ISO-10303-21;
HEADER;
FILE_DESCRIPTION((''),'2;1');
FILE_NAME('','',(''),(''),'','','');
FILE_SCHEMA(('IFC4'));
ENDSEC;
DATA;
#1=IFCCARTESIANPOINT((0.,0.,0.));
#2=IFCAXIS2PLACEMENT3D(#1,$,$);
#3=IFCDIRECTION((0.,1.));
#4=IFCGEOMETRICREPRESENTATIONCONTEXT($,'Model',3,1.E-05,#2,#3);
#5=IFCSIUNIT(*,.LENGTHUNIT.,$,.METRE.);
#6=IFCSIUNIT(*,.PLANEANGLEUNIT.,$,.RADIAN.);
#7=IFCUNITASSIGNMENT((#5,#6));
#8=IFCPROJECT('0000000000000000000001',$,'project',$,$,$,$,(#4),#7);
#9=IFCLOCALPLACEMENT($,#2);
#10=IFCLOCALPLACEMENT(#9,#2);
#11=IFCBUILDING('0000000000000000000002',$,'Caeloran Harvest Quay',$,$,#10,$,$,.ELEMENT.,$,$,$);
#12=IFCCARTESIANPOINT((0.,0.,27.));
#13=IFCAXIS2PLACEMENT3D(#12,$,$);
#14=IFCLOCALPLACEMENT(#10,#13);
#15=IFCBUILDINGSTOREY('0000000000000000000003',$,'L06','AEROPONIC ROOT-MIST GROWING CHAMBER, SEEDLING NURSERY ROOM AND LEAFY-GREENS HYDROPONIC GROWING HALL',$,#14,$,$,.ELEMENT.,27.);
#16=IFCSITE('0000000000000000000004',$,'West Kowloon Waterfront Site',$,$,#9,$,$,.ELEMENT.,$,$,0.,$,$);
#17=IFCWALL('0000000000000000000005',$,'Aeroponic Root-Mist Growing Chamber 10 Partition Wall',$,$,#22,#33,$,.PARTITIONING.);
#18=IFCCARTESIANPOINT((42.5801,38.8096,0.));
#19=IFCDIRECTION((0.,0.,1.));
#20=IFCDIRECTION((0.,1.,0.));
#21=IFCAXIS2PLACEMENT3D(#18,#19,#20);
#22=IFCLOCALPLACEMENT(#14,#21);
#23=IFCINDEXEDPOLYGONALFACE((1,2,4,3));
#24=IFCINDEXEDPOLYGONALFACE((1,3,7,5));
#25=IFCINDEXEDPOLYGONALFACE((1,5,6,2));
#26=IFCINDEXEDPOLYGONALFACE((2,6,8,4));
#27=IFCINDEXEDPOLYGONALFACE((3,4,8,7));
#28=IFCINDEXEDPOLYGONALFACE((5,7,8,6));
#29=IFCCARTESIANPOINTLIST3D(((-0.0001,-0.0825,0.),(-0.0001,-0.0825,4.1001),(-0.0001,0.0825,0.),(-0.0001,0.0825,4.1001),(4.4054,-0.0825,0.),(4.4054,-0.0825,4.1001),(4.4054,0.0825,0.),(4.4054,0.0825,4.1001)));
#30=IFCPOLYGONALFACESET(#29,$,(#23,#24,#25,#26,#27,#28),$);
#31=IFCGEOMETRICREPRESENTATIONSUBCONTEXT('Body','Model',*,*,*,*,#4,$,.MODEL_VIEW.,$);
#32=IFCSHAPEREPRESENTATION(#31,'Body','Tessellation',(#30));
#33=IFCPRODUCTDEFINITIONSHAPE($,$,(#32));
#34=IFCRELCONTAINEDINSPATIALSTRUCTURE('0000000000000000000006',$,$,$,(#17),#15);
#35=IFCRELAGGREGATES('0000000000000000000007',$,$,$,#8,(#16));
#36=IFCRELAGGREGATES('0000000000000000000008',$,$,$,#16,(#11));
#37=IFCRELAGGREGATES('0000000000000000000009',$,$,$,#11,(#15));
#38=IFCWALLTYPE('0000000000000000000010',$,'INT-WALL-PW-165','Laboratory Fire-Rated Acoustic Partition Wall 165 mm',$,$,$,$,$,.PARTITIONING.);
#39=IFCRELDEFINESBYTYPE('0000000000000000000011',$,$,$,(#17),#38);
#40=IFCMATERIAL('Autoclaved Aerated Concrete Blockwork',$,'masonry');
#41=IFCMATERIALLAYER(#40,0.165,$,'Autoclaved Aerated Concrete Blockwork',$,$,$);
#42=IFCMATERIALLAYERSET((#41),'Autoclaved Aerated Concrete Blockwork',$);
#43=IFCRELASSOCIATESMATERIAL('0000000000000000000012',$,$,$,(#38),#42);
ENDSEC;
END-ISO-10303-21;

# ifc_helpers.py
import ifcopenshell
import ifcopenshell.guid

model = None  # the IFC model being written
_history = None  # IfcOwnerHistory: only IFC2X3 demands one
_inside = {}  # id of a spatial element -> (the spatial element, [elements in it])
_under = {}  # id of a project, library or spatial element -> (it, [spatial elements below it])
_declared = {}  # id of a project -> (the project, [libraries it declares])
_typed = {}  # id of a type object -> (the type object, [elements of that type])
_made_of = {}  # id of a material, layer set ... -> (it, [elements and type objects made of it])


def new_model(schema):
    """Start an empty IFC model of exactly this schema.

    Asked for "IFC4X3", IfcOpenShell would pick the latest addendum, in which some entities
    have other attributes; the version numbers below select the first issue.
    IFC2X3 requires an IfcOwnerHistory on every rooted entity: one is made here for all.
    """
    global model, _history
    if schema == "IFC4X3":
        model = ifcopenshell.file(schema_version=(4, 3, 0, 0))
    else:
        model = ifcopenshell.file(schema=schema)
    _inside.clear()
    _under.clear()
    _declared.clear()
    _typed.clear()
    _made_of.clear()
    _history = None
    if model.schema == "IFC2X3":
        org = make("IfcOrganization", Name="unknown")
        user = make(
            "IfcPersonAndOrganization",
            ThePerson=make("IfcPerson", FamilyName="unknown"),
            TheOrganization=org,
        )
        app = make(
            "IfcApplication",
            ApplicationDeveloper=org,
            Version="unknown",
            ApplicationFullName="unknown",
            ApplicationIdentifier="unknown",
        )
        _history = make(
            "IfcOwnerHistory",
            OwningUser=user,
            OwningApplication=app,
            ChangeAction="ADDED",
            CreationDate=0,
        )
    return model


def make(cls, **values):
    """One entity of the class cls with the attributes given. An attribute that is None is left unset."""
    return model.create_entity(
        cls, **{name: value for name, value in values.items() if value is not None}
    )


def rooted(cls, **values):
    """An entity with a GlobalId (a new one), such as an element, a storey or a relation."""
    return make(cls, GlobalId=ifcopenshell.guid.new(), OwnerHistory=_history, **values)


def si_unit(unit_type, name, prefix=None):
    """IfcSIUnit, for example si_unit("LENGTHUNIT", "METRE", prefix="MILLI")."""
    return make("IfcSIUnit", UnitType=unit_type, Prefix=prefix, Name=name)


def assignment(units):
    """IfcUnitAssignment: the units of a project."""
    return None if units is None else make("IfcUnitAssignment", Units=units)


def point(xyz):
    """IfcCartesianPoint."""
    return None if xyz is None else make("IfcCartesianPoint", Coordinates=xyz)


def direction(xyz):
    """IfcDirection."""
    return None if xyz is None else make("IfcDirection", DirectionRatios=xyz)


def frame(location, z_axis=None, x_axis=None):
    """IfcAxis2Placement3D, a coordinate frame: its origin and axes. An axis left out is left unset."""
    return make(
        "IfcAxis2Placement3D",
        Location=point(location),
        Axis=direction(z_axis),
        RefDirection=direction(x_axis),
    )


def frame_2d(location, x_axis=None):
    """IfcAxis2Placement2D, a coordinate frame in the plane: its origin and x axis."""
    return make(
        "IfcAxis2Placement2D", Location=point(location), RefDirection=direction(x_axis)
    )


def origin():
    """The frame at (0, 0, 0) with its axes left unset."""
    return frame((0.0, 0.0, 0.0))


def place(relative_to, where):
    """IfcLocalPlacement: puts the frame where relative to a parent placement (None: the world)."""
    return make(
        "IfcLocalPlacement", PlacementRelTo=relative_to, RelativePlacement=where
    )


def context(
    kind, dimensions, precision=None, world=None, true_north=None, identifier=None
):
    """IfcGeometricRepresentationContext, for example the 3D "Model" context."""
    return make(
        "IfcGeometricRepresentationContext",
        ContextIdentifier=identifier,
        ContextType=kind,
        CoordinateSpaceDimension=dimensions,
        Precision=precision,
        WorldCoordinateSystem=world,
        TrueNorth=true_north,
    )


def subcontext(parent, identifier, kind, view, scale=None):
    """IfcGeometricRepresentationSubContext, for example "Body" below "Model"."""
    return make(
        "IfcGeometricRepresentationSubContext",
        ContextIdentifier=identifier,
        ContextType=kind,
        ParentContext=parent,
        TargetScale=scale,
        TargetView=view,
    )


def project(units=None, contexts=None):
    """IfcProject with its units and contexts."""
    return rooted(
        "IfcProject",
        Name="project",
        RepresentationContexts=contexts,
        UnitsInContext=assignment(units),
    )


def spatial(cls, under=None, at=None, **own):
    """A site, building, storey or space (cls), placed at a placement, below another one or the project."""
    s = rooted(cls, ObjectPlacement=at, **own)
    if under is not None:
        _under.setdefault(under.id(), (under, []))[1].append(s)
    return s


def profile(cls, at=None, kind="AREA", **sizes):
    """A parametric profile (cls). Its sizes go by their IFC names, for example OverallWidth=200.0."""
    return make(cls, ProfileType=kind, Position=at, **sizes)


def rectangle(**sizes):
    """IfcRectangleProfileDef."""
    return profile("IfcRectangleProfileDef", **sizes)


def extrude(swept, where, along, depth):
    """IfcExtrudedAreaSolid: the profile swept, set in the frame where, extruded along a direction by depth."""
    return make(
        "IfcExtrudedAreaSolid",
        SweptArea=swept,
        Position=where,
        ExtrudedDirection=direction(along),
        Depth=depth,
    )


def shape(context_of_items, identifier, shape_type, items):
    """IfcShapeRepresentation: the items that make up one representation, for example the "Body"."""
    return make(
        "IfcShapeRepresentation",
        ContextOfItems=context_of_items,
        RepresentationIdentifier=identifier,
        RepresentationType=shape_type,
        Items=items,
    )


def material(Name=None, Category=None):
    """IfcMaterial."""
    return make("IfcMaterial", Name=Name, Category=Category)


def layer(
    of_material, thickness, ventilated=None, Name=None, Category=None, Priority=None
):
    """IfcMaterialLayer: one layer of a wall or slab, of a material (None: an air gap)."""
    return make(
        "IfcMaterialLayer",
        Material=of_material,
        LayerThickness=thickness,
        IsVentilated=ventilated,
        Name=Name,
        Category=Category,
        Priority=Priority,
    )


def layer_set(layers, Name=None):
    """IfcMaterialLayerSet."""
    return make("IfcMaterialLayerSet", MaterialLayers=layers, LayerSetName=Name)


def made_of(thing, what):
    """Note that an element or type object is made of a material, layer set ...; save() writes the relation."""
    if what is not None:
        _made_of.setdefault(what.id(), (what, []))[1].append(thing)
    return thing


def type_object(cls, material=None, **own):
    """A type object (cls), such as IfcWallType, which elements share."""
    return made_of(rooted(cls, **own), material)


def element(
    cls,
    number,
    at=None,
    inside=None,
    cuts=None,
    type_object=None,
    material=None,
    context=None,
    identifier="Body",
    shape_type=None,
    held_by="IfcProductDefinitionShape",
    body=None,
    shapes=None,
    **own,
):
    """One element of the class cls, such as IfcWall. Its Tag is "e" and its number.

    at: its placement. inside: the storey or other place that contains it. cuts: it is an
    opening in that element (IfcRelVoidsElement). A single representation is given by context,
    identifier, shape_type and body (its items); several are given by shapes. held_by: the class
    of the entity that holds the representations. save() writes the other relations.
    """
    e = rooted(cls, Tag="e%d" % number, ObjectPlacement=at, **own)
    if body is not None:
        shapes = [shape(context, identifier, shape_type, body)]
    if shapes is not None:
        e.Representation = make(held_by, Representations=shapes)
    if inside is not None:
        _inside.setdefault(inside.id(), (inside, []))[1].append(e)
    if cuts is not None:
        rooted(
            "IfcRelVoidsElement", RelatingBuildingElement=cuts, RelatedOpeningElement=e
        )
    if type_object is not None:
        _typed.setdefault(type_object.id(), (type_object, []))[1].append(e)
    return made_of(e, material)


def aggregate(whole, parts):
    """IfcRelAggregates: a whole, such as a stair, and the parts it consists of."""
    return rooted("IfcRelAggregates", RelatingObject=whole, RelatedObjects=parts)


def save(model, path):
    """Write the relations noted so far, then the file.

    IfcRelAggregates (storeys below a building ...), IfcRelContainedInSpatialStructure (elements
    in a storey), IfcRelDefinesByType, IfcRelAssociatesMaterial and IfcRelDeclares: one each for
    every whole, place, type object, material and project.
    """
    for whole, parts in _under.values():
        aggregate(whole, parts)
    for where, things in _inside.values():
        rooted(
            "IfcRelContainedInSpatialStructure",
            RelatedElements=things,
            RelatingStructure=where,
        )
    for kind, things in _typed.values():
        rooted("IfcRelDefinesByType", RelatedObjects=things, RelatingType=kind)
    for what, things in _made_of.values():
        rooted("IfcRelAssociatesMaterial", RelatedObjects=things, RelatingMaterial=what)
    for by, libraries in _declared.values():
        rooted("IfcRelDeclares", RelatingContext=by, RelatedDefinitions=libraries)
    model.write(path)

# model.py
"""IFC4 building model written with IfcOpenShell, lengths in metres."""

from ifc_helpers import new_model, si_unit, direction, frame, frame_2d, origin, place, context, subcontext, project, spatial, rectangle, extrude, material, layer, layer_set, type_object, element, save


model = new_model("IFC4")

# Units and contexts
model_context = context("Model", 3, precision=1e-05, world=origin(), true_north=direction((0.0, 1.0)))
body_context = subcontext(model_context, "Body", "Model", "MODEL_VIEW")
ifc_project = project(units=[si_unit("LENGTHUNIT", "METRE"), si_unit("PLANEANGLEUNIT", "RADIAN")], contexts=[model_context])

# Site, building, storey
site_placement = place(None, origin())
site = spatial("IfcSite", under=ifc_project, at=site_placement, Name="West Kowloon Waterfront Site", CompositionType="ELEMENT", RefElevation=0.0)
building_placement = place(site_placement, origin())
building = spatial("IfcBuilding", under=site, at=building_placement, Name="Caeloran Harvest Quay", CompositionType="ELEMENT")
storey_placement = place(building_placement, frame((0.0, 0.0, 27.0)))
storey = spatial("IfcBuildingStorey", under=building, at=storey_placement, Name="L06", Description="AEROPONIC ROOT-MIST GROWING CHAMBER, SEEDLING NURSERY ROOM AND LEAFY-GREENS HYDROPONIC GROWING HALL", CompositionType="ELEMENT", Elevation=27.0)

# Wall
ifc_material_1 = material(Name="Autoclaved Aerated Concrete Blockwork", Category="masonry")
ifc_layer_1 = layer(ifc_material_1, 0.165, Name="Autoclaved Aerated Concrete Blockwork")
ifc_layer_set_1 = layer_set([ifc_layer_1], Name="Autoclaved Aerated Concrete Blockwork")
wall_type_1 = type_object("IfcWallType", Name="INT-WALL-PW-165", Description="Laboratory Fire-Rated Acoustic Partition Wall 165 mm", PredefinedType="PARTITIONING", material=ifc_layer_set_1)
wall_1_placement = place(storey_placement, frame((42.5801, 38.8096, 0.0), z_axis=(0.0, 0.0, 1.0), x_axis=(0.0, 1.0, 0.0)))
element("IfcWall", 1, at=wall_1_placement, inside=storey, type_object=wall_type_1, Name="Aeroponic Root-Mist Growing Chamber 10 Partition Wall", PredefinedType="PARTITIONING", context=body_context, shape_type="SweptSolid", body=[
    extrude(rectangle(XDim=4.4055, YDim=0.165, at=frame_2d((2.2026, 0.0))), origin(), (0.0, 0.0, 1.0), 4.1001),
])

save(model, "model.ifc")
